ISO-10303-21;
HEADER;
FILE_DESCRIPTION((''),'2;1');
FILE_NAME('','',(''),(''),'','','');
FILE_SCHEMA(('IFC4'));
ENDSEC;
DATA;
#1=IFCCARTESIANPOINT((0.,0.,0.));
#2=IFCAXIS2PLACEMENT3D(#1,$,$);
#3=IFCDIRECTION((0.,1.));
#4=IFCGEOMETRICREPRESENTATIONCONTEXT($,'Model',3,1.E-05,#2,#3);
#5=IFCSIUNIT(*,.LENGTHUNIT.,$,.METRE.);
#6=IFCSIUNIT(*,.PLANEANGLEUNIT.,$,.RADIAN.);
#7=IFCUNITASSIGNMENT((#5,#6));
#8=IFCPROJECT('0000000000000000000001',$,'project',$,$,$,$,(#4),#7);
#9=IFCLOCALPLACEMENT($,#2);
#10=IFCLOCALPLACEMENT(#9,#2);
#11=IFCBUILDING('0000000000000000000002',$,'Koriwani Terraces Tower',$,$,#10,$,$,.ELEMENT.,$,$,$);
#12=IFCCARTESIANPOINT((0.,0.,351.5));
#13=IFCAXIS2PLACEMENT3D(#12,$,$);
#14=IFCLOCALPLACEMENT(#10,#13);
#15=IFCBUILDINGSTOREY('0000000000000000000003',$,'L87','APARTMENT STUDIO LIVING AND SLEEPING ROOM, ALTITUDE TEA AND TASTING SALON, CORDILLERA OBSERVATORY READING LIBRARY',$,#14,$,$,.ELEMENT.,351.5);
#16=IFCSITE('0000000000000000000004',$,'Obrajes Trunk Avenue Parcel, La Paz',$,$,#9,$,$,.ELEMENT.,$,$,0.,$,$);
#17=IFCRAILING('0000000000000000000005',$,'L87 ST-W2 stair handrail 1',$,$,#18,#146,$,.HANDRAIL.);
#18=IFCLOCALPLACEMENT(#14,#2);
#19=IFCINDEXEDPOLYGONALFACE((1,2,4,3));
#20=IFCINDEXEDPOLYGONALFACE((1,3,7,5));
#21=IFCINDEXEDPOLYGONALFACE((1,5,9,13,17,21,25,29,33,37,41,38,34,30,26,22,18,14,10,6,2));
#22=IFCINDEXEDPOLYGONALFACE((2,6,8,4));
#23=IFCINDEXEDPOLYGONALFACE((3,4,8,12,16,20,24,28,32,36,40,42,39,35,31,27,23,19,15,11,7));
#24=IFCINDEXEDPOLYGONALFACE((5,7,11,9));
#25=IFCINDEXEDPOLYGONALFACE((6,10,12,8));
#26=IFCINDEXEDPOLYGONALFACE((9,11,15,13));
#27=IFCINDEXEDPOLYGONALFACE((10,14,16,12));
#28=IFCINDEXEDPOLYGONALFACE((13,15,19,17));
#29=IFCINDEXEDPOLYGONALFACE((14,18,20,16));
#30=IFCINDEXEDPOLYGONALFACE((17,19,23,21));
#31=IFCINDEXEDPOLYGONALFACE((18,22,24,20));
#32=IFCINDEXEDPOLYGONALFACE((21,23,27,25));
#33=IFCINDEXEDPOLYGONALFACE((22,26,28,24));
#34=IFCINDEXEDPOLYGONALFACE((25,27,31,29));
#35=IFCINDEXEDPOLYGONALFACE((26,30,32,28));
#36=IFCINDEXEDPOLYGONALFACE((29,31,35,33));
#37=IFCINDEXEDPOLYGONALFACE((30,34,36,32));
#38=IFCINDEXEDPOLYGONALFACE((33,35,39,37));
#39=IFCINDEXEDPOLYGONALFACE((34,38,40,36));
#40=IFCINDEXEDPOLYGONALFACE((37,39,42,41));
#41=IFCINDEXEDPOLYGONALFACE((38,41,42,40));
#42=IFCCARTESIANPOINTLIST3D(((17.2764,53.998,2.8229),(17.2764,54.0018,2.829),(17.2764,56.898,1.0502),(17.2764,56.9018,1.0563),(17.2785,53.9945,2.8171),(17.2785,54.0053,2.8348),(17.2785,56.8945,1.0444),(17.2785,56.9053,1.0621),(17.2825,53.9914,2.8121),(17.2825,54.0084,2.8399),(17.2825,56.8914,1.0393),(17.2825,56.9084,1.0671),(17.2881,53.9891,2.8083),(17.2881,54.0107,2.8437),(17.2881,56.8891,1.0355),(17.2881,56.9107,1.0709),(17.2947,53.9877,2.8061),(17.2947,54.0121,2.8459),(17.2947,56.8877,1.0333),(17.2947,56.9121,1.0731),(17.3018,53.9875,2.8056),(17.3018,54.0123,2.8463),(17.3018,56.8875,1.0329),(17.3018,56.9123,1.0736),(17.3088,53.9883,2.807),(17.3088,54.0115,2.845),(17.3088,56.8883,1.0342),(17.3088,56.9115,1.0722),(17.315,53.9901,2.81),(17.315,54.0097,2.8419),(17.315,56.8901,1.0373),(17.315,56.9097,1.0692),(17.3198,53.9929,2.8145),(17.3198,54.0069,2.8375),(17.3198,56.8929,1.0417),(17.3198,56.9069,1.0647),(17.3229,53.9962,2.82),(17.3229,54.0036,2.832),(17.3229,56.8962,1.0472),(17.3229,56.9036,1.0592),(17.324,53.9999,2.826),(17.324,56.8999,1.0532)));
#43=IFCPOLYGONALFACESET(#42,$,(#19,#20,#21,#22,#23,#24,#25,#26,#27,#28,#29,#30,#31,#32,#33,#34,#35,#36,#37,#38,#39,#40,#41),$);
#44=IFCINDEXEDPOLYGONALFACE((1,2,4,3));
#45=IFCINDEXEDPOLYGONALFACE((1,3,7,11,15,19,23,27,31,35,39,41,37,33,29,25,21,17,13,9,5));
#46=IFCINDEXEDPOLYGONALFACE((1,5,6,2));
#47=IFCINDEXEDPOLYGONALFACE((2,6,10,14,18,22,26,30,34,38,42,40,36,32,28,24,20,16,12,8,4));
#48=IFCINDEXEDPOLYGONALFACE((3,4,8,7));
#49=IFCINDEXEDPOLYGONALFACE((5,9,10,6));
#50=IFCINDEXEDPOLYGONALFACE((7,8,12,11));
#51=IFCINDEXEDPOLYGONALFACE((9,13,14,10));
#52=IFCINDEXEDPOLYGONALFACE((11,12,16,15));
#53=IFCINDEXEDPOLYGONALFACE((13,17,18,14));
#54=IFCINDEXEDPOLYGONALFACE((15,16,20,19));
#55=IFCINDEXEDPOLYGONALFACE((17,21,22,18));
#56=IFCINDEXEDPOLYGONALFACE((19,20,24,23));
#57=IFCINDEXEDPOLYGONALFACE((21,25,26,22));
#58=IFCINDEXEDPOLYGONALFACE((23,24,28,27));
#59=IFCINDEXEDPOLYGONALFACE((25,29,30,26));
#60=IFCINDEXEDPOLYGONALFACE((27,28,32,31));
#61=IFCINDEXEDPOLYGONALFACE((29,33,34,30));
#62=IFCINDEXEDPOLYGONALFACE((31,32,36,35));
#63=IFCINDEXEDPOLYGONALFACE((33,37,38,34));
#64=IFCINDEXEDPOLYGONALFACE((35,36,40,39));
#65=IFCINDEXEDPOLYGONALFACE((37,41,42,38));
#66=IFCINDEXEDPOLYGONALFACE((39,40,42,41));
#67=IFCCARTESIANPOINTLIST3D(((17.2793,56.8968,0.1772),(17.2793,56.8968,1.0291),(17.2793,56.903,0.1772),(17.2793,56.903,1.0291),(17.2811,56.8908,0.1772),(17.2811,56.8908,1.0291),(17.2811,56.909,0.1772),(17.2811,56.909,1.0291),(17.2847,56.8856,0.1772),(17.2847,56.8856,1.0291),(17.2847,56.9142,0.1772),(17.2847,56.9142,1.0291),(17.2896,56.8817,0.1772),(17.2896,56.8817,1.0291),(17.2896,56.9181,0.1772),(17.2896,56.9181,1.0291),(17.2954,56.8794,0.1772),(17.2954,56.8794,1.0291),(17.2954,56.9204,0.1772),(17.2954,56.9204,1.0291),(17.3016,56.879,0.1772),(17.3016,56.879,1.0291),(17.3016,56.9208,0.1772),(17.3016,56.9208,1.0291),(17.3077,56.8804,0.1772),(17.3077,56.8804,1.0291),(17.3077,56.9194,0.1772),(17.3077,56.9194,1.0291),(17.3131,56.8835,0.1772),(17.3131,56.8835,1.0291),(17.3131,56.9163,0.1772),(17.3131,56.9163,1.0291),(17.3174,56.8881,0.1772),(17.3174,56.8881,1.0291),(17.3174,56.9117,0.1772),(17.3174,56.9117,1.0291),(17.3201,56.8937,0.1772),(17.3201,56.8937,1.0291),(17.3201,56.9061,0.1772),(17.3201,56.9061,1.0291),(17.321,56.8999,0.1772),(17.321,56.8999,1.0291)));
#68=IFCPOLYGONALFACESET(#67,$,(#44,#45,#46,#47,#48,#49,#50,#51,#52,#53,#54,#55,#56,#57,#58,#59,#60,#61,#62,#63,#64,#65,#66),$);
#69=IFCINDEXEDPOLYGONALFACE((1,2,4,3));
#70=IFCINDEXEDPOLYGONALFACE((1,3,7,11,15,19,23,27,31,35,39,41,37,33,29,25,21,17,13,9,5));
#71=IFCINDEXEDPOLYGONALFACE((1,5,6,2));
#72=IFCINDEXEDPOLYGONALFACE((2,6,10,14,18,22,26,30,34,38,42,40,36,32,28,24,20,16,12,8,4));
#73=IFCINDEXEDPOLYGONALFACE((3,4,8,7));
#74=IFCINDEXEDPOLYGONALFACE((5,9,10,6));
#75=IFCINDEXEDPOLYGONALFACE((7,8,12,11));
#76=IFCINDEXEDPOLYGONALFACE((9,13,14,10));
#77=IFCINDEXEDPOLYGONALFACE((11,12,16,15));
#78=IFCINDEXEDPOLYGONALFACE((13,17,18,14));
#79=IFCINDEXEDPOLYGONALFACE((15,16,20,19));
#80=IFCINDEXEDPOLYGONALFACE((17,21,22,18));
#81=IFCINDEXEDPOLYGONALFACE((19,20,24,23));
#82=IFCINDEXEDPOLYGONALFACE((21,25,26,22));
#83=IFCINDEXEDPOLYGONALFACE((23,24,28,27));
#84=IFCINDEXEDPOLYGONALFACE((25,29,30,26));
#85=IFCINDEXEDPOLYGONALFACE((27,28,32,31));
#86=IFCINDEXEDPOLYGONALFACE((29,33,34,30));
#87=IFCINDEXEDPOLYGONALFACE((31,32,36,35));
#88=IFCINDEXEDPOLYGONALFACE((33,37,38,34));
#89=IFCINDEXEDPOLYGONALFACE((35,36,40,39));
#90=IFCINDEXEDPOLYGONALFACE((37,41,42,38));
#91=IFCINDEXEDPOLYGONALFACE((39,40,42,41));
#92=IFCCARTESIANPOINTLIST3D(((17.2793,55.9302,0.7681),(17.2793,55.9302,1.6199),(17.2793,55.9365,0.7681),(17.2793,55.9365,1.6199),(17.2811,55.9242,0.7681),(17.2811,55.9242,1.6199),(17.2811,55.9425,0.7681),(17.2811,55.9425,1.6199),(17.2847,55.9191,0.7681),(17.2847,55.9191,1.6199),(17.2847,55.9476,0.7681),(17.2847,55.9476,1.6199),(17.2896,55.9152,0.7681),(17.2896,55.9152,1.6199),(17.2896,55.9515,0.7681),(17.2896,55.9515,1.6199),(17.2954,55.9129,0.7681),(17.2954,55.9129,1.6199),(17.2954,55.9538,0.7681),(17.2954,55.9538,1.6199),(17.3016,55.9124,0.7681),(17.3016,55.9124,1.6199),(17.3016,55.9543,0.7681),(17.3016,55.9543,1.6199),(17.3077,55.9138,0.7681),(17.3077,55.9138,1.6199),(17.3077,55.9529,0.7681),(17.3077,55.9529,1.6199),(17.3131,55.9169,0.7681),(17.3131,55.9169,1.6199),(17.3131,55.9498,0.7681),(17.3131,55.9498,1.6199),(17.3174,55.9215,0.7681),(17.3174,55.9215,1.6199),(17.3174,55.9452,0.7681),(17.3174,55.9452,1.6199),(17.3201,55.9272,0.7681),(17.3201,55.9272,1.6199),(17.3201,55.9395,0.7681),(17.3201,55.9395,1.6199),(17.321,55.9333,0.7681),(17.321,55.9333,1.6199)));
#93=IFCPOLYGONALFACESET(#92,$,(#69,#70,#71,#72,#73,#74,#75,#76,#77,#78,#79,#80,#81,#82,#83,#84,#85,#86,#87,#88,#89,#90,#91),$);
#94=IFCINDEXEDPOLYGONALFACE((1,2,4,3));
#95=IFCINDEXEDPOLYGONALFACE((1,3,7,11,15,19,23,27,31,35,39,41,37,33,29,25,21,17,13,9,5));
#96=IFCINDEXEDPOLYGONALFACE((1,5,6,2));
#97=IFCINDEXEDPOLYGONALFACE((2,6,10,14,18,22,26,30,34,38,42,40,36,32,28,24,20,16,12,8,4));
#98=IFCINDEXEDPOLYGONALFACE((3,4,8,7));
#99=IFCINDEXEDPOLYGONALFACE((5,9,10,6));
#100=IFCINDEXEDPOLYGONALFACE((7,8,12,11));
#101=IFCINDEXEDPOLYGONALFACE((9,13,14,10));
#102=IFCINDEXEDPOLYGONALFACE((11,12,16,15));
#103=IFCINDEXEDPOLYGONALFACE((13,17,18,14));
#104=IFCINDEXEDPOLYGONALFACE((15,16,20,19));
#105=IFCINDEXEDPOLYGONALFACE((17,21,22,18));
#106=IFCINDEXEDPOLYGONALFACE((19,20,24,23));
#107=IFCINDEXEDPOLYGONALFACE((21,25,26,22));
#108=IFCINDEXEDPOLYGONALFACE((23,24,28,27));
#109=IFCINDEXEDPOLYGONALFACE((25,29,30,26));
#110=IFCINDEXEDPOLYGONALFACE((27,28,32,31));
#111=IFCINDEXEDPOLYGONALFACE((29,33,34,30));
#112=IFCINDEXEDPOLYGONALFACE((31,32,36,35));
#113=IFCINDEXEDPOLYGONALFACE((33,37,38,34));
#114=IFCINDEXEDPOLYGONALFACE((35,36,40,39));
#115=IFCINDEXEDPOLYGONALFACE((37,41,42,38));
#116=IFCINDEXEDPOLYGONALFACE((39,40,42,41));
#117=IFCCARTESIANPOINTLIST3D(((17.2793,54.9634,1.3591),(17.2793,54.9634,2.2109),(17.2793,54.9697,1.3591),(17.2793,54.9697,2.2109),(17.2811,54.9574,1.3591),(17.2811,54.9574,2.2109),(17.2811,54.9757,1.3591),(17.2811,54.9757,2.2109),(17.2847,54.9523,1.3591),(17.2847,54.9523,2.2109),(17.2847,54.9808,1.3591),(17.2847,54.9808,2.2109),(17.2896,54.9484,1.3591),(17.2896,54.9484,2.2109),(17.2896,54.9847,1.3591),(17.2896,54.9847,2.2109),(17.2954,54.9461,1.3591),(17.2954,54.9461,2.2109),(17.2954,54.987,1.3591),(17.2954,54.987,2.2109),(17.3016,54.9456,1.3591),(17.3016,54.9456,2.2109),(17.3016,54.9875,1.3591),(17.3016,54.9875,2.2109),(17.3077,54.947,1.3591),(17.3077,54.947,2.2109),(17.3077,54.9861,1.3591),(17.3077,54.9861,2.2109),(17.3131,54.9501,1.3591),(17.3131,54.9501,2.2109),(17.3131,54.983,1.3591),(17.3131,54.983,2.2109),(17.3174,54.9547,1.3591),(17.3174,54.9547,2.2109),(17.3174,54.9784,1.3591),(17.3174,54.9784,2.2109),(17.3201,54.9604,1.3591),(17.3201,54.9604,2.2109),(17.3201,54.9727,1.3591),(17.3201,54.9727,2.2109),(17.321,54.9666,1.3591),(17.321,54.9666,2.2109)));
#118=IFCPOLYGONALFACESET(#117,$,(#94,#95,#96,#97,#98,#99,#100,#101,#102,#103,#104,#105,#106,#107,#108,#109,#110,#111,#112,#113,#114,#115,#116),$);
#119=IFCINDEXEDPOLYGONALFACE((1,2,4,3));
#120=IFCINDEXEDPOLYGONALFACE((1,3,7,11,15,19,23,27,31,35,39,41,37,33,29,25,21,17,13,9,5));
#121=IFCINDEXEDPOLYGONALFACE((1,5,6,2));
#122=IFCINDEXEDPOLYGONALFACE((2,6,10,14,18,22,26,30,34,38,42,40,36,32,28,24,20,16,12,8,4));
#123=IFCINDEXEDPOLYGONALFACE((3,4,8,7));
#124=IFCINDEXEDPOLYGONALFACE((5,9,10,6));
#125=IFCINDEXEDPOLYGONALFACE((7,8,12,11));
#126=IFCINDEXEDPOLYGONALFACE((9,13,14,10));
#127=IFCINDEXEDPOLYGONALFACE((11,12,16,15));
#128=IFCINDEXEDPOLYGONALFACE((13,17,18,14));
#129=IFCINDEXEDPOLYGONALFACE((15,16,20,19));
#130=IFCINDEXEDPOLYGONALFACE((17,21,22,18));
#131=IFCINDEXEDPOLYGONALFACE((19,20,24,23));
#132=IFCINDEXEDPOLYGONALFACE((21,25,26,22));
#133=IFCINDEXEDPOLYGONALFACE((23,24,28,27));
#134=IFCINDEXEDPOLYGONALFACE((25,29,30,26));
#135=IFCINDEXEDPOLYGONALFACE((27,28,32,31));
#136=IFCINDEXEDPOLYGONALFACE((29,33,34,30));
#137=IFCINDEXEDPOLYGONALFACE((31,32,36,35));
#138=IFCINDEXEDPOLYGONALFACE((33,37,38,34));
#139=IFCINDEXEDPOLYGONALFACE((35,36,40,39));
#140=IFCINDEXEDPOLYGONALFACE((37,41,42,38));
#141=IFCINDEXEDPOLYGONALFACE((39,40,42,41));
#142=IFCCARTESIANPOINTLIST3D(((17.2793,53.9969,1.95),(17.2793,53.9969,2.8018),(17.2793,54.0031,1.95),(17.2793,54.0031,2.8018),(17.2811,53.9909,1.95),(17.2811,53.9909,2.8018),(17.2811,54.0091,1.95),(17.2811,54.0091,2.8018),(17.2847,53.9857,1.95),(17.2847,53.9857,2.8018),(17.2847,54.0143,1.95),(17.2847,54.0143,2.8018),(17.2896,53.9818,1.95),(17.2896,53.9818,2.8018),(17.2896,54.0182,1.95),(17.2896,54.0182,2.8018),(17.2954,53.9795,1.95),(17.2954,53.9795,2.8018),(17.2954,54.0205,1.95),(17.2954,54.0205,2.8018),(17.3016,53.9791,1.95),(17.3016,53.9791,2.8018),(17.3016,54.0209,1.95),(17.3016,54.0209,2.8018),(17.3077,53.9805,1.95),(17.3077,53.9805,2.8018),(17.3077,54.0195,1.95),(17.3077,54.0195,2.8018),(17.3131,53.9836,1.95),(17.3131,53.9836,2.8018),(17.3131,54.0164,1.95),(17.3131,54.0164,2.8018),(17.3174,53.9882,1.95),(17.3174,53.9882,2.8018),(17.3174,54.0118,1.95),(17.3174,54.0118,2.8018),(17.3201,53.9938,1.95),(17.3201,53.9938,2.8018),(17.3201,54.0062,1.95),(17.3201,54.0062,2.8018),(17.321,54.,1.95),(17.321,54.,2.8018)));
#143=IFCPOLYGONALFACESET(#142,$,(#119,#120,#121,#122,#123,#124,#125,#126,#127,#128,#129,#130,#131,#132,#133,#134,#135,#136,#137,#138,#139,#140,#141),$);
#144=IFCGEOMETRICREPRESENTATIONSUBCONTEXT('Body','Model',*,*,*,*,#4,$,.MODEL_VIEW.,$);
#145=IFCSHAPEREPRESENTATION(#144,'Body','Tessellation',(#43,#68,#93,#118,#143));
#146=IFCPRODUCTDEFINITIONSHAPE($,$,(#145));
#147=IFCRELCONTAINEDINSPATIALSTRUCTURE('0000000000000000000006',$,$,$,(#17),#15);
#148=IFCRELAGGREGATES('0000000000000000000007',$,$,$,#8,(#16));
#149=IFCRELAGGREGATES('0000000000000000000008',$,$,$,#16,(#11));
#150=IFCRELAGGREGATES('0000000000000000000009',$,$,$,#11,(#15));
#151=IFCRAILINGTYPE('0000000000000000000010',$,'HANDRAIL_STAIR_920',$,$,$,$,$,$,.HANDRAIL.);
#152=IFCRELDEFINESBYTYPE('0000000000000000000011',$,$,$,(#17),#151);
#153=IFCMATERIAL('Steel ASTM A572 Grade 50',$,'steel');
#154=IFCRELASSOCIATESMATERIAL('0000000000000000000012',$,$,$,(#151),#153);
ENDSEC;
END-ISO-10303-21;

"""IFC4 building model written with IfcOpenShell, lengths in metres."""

from ifc_helpers import new_model, si_unit, direction, frame, origin, origin_2d, place, context, subcontext, project, spatial, circle, extrude, material, type_object, element, save


model = new_model("IFC4")

# Units and contexts
model_context = context("Model", 3, precision=1e-05, world=origin(), true_north=direction((0.0, 1.0)))
body_context = subcontext(model_context, "Body", "Model", "MODEL_VIEW")
ifc_project = project(units=[si_unit("LENGTHUNIT", "METRE"), si_unit("PLANEANGLEUNIT", "RADIAN")], contexts=[model_context])

# Site, building, storey
site_placement = place(None, origin())
site = spatial("IfcSite", under=ifc_project, at=site_placement, Name="Obrajes Trunk Avenue Parcel, La Paz", CompositionType="ELEMENT", RefElevation=0.0)
building_placement = place(site_placement, origin())
building = spatial("IfcBuilding", under=site, at=building_placement, Name="Koriwani Terraces Tower", CompositionType="ELEMENT")
storey_placement = place(building_placement, frame((0.0, 0.0, 351.5)))
storey = spatial("IfcBuildingStorey", under=building, at=storey_placement, Name="L87", Description="APARTMENT STUDIO LIVING AND SLEEPING ROOM, ALTITUDE TEA AND TASTING SALON, CORDILLERA OBSERVATORY READING LIBRARY", CompositionType="ELEMENT", Elevation=351.5)

# Shared definitions
ifc_material_1 = material(Name="Steel ASTM A572 Grade 50", Category="steel")

# Railing
railing_type_1 = type_object("IfcRailingType", Name="HANDRAIL_STAIR_920", PredefinedType="HANDRAIL", material=ifc_material_1)
railing_1_placement = place(storey_placement, frame((17.3, 56.8999, 0.1772)))
element("IfcRailing", 1, at=railing_1_placement, inside=storey, type_object=railing_type_1, Name="L87 ST-W2 stair handrail 1", PredefinedType="HANDRAIL", context=body_context, shape_type="SweptSolid", body=[
    extrude(circle(Radius=0.0239, at=origin_2d()), frame((0.0, 0.0, 0.876), z_axis=(0.0, -0.853211, 0.521566), x_axis=(1.0, 0.0, 0.0)), (0.0, 0.0, 1.0), 3.3989),
    extrude(circle(Radius=0.021, at=origin_2d()), origin(), (0.0, 0.0, 1.0), 0.8518),
    extrude(circle(Radius=0.021, at=origin_2d()), frame((0.0, -0.9666, 0.5908)), (0.0, 0.0, 1.0), 0.8518),
    extrude(circle(Radius=0.021, at=origin_2d()), frame((0.0, -1.9333, 1.1819)), (0.0, 0.0, 1.0), 0.8518),
    extrude(circle(Radius=0.021, at=origin_2d()), frame((0.0, -2.8999, 1.7727)), (0.0, 0.0, 1.0), 0.8518),
])

save(model, "model.ifc")
